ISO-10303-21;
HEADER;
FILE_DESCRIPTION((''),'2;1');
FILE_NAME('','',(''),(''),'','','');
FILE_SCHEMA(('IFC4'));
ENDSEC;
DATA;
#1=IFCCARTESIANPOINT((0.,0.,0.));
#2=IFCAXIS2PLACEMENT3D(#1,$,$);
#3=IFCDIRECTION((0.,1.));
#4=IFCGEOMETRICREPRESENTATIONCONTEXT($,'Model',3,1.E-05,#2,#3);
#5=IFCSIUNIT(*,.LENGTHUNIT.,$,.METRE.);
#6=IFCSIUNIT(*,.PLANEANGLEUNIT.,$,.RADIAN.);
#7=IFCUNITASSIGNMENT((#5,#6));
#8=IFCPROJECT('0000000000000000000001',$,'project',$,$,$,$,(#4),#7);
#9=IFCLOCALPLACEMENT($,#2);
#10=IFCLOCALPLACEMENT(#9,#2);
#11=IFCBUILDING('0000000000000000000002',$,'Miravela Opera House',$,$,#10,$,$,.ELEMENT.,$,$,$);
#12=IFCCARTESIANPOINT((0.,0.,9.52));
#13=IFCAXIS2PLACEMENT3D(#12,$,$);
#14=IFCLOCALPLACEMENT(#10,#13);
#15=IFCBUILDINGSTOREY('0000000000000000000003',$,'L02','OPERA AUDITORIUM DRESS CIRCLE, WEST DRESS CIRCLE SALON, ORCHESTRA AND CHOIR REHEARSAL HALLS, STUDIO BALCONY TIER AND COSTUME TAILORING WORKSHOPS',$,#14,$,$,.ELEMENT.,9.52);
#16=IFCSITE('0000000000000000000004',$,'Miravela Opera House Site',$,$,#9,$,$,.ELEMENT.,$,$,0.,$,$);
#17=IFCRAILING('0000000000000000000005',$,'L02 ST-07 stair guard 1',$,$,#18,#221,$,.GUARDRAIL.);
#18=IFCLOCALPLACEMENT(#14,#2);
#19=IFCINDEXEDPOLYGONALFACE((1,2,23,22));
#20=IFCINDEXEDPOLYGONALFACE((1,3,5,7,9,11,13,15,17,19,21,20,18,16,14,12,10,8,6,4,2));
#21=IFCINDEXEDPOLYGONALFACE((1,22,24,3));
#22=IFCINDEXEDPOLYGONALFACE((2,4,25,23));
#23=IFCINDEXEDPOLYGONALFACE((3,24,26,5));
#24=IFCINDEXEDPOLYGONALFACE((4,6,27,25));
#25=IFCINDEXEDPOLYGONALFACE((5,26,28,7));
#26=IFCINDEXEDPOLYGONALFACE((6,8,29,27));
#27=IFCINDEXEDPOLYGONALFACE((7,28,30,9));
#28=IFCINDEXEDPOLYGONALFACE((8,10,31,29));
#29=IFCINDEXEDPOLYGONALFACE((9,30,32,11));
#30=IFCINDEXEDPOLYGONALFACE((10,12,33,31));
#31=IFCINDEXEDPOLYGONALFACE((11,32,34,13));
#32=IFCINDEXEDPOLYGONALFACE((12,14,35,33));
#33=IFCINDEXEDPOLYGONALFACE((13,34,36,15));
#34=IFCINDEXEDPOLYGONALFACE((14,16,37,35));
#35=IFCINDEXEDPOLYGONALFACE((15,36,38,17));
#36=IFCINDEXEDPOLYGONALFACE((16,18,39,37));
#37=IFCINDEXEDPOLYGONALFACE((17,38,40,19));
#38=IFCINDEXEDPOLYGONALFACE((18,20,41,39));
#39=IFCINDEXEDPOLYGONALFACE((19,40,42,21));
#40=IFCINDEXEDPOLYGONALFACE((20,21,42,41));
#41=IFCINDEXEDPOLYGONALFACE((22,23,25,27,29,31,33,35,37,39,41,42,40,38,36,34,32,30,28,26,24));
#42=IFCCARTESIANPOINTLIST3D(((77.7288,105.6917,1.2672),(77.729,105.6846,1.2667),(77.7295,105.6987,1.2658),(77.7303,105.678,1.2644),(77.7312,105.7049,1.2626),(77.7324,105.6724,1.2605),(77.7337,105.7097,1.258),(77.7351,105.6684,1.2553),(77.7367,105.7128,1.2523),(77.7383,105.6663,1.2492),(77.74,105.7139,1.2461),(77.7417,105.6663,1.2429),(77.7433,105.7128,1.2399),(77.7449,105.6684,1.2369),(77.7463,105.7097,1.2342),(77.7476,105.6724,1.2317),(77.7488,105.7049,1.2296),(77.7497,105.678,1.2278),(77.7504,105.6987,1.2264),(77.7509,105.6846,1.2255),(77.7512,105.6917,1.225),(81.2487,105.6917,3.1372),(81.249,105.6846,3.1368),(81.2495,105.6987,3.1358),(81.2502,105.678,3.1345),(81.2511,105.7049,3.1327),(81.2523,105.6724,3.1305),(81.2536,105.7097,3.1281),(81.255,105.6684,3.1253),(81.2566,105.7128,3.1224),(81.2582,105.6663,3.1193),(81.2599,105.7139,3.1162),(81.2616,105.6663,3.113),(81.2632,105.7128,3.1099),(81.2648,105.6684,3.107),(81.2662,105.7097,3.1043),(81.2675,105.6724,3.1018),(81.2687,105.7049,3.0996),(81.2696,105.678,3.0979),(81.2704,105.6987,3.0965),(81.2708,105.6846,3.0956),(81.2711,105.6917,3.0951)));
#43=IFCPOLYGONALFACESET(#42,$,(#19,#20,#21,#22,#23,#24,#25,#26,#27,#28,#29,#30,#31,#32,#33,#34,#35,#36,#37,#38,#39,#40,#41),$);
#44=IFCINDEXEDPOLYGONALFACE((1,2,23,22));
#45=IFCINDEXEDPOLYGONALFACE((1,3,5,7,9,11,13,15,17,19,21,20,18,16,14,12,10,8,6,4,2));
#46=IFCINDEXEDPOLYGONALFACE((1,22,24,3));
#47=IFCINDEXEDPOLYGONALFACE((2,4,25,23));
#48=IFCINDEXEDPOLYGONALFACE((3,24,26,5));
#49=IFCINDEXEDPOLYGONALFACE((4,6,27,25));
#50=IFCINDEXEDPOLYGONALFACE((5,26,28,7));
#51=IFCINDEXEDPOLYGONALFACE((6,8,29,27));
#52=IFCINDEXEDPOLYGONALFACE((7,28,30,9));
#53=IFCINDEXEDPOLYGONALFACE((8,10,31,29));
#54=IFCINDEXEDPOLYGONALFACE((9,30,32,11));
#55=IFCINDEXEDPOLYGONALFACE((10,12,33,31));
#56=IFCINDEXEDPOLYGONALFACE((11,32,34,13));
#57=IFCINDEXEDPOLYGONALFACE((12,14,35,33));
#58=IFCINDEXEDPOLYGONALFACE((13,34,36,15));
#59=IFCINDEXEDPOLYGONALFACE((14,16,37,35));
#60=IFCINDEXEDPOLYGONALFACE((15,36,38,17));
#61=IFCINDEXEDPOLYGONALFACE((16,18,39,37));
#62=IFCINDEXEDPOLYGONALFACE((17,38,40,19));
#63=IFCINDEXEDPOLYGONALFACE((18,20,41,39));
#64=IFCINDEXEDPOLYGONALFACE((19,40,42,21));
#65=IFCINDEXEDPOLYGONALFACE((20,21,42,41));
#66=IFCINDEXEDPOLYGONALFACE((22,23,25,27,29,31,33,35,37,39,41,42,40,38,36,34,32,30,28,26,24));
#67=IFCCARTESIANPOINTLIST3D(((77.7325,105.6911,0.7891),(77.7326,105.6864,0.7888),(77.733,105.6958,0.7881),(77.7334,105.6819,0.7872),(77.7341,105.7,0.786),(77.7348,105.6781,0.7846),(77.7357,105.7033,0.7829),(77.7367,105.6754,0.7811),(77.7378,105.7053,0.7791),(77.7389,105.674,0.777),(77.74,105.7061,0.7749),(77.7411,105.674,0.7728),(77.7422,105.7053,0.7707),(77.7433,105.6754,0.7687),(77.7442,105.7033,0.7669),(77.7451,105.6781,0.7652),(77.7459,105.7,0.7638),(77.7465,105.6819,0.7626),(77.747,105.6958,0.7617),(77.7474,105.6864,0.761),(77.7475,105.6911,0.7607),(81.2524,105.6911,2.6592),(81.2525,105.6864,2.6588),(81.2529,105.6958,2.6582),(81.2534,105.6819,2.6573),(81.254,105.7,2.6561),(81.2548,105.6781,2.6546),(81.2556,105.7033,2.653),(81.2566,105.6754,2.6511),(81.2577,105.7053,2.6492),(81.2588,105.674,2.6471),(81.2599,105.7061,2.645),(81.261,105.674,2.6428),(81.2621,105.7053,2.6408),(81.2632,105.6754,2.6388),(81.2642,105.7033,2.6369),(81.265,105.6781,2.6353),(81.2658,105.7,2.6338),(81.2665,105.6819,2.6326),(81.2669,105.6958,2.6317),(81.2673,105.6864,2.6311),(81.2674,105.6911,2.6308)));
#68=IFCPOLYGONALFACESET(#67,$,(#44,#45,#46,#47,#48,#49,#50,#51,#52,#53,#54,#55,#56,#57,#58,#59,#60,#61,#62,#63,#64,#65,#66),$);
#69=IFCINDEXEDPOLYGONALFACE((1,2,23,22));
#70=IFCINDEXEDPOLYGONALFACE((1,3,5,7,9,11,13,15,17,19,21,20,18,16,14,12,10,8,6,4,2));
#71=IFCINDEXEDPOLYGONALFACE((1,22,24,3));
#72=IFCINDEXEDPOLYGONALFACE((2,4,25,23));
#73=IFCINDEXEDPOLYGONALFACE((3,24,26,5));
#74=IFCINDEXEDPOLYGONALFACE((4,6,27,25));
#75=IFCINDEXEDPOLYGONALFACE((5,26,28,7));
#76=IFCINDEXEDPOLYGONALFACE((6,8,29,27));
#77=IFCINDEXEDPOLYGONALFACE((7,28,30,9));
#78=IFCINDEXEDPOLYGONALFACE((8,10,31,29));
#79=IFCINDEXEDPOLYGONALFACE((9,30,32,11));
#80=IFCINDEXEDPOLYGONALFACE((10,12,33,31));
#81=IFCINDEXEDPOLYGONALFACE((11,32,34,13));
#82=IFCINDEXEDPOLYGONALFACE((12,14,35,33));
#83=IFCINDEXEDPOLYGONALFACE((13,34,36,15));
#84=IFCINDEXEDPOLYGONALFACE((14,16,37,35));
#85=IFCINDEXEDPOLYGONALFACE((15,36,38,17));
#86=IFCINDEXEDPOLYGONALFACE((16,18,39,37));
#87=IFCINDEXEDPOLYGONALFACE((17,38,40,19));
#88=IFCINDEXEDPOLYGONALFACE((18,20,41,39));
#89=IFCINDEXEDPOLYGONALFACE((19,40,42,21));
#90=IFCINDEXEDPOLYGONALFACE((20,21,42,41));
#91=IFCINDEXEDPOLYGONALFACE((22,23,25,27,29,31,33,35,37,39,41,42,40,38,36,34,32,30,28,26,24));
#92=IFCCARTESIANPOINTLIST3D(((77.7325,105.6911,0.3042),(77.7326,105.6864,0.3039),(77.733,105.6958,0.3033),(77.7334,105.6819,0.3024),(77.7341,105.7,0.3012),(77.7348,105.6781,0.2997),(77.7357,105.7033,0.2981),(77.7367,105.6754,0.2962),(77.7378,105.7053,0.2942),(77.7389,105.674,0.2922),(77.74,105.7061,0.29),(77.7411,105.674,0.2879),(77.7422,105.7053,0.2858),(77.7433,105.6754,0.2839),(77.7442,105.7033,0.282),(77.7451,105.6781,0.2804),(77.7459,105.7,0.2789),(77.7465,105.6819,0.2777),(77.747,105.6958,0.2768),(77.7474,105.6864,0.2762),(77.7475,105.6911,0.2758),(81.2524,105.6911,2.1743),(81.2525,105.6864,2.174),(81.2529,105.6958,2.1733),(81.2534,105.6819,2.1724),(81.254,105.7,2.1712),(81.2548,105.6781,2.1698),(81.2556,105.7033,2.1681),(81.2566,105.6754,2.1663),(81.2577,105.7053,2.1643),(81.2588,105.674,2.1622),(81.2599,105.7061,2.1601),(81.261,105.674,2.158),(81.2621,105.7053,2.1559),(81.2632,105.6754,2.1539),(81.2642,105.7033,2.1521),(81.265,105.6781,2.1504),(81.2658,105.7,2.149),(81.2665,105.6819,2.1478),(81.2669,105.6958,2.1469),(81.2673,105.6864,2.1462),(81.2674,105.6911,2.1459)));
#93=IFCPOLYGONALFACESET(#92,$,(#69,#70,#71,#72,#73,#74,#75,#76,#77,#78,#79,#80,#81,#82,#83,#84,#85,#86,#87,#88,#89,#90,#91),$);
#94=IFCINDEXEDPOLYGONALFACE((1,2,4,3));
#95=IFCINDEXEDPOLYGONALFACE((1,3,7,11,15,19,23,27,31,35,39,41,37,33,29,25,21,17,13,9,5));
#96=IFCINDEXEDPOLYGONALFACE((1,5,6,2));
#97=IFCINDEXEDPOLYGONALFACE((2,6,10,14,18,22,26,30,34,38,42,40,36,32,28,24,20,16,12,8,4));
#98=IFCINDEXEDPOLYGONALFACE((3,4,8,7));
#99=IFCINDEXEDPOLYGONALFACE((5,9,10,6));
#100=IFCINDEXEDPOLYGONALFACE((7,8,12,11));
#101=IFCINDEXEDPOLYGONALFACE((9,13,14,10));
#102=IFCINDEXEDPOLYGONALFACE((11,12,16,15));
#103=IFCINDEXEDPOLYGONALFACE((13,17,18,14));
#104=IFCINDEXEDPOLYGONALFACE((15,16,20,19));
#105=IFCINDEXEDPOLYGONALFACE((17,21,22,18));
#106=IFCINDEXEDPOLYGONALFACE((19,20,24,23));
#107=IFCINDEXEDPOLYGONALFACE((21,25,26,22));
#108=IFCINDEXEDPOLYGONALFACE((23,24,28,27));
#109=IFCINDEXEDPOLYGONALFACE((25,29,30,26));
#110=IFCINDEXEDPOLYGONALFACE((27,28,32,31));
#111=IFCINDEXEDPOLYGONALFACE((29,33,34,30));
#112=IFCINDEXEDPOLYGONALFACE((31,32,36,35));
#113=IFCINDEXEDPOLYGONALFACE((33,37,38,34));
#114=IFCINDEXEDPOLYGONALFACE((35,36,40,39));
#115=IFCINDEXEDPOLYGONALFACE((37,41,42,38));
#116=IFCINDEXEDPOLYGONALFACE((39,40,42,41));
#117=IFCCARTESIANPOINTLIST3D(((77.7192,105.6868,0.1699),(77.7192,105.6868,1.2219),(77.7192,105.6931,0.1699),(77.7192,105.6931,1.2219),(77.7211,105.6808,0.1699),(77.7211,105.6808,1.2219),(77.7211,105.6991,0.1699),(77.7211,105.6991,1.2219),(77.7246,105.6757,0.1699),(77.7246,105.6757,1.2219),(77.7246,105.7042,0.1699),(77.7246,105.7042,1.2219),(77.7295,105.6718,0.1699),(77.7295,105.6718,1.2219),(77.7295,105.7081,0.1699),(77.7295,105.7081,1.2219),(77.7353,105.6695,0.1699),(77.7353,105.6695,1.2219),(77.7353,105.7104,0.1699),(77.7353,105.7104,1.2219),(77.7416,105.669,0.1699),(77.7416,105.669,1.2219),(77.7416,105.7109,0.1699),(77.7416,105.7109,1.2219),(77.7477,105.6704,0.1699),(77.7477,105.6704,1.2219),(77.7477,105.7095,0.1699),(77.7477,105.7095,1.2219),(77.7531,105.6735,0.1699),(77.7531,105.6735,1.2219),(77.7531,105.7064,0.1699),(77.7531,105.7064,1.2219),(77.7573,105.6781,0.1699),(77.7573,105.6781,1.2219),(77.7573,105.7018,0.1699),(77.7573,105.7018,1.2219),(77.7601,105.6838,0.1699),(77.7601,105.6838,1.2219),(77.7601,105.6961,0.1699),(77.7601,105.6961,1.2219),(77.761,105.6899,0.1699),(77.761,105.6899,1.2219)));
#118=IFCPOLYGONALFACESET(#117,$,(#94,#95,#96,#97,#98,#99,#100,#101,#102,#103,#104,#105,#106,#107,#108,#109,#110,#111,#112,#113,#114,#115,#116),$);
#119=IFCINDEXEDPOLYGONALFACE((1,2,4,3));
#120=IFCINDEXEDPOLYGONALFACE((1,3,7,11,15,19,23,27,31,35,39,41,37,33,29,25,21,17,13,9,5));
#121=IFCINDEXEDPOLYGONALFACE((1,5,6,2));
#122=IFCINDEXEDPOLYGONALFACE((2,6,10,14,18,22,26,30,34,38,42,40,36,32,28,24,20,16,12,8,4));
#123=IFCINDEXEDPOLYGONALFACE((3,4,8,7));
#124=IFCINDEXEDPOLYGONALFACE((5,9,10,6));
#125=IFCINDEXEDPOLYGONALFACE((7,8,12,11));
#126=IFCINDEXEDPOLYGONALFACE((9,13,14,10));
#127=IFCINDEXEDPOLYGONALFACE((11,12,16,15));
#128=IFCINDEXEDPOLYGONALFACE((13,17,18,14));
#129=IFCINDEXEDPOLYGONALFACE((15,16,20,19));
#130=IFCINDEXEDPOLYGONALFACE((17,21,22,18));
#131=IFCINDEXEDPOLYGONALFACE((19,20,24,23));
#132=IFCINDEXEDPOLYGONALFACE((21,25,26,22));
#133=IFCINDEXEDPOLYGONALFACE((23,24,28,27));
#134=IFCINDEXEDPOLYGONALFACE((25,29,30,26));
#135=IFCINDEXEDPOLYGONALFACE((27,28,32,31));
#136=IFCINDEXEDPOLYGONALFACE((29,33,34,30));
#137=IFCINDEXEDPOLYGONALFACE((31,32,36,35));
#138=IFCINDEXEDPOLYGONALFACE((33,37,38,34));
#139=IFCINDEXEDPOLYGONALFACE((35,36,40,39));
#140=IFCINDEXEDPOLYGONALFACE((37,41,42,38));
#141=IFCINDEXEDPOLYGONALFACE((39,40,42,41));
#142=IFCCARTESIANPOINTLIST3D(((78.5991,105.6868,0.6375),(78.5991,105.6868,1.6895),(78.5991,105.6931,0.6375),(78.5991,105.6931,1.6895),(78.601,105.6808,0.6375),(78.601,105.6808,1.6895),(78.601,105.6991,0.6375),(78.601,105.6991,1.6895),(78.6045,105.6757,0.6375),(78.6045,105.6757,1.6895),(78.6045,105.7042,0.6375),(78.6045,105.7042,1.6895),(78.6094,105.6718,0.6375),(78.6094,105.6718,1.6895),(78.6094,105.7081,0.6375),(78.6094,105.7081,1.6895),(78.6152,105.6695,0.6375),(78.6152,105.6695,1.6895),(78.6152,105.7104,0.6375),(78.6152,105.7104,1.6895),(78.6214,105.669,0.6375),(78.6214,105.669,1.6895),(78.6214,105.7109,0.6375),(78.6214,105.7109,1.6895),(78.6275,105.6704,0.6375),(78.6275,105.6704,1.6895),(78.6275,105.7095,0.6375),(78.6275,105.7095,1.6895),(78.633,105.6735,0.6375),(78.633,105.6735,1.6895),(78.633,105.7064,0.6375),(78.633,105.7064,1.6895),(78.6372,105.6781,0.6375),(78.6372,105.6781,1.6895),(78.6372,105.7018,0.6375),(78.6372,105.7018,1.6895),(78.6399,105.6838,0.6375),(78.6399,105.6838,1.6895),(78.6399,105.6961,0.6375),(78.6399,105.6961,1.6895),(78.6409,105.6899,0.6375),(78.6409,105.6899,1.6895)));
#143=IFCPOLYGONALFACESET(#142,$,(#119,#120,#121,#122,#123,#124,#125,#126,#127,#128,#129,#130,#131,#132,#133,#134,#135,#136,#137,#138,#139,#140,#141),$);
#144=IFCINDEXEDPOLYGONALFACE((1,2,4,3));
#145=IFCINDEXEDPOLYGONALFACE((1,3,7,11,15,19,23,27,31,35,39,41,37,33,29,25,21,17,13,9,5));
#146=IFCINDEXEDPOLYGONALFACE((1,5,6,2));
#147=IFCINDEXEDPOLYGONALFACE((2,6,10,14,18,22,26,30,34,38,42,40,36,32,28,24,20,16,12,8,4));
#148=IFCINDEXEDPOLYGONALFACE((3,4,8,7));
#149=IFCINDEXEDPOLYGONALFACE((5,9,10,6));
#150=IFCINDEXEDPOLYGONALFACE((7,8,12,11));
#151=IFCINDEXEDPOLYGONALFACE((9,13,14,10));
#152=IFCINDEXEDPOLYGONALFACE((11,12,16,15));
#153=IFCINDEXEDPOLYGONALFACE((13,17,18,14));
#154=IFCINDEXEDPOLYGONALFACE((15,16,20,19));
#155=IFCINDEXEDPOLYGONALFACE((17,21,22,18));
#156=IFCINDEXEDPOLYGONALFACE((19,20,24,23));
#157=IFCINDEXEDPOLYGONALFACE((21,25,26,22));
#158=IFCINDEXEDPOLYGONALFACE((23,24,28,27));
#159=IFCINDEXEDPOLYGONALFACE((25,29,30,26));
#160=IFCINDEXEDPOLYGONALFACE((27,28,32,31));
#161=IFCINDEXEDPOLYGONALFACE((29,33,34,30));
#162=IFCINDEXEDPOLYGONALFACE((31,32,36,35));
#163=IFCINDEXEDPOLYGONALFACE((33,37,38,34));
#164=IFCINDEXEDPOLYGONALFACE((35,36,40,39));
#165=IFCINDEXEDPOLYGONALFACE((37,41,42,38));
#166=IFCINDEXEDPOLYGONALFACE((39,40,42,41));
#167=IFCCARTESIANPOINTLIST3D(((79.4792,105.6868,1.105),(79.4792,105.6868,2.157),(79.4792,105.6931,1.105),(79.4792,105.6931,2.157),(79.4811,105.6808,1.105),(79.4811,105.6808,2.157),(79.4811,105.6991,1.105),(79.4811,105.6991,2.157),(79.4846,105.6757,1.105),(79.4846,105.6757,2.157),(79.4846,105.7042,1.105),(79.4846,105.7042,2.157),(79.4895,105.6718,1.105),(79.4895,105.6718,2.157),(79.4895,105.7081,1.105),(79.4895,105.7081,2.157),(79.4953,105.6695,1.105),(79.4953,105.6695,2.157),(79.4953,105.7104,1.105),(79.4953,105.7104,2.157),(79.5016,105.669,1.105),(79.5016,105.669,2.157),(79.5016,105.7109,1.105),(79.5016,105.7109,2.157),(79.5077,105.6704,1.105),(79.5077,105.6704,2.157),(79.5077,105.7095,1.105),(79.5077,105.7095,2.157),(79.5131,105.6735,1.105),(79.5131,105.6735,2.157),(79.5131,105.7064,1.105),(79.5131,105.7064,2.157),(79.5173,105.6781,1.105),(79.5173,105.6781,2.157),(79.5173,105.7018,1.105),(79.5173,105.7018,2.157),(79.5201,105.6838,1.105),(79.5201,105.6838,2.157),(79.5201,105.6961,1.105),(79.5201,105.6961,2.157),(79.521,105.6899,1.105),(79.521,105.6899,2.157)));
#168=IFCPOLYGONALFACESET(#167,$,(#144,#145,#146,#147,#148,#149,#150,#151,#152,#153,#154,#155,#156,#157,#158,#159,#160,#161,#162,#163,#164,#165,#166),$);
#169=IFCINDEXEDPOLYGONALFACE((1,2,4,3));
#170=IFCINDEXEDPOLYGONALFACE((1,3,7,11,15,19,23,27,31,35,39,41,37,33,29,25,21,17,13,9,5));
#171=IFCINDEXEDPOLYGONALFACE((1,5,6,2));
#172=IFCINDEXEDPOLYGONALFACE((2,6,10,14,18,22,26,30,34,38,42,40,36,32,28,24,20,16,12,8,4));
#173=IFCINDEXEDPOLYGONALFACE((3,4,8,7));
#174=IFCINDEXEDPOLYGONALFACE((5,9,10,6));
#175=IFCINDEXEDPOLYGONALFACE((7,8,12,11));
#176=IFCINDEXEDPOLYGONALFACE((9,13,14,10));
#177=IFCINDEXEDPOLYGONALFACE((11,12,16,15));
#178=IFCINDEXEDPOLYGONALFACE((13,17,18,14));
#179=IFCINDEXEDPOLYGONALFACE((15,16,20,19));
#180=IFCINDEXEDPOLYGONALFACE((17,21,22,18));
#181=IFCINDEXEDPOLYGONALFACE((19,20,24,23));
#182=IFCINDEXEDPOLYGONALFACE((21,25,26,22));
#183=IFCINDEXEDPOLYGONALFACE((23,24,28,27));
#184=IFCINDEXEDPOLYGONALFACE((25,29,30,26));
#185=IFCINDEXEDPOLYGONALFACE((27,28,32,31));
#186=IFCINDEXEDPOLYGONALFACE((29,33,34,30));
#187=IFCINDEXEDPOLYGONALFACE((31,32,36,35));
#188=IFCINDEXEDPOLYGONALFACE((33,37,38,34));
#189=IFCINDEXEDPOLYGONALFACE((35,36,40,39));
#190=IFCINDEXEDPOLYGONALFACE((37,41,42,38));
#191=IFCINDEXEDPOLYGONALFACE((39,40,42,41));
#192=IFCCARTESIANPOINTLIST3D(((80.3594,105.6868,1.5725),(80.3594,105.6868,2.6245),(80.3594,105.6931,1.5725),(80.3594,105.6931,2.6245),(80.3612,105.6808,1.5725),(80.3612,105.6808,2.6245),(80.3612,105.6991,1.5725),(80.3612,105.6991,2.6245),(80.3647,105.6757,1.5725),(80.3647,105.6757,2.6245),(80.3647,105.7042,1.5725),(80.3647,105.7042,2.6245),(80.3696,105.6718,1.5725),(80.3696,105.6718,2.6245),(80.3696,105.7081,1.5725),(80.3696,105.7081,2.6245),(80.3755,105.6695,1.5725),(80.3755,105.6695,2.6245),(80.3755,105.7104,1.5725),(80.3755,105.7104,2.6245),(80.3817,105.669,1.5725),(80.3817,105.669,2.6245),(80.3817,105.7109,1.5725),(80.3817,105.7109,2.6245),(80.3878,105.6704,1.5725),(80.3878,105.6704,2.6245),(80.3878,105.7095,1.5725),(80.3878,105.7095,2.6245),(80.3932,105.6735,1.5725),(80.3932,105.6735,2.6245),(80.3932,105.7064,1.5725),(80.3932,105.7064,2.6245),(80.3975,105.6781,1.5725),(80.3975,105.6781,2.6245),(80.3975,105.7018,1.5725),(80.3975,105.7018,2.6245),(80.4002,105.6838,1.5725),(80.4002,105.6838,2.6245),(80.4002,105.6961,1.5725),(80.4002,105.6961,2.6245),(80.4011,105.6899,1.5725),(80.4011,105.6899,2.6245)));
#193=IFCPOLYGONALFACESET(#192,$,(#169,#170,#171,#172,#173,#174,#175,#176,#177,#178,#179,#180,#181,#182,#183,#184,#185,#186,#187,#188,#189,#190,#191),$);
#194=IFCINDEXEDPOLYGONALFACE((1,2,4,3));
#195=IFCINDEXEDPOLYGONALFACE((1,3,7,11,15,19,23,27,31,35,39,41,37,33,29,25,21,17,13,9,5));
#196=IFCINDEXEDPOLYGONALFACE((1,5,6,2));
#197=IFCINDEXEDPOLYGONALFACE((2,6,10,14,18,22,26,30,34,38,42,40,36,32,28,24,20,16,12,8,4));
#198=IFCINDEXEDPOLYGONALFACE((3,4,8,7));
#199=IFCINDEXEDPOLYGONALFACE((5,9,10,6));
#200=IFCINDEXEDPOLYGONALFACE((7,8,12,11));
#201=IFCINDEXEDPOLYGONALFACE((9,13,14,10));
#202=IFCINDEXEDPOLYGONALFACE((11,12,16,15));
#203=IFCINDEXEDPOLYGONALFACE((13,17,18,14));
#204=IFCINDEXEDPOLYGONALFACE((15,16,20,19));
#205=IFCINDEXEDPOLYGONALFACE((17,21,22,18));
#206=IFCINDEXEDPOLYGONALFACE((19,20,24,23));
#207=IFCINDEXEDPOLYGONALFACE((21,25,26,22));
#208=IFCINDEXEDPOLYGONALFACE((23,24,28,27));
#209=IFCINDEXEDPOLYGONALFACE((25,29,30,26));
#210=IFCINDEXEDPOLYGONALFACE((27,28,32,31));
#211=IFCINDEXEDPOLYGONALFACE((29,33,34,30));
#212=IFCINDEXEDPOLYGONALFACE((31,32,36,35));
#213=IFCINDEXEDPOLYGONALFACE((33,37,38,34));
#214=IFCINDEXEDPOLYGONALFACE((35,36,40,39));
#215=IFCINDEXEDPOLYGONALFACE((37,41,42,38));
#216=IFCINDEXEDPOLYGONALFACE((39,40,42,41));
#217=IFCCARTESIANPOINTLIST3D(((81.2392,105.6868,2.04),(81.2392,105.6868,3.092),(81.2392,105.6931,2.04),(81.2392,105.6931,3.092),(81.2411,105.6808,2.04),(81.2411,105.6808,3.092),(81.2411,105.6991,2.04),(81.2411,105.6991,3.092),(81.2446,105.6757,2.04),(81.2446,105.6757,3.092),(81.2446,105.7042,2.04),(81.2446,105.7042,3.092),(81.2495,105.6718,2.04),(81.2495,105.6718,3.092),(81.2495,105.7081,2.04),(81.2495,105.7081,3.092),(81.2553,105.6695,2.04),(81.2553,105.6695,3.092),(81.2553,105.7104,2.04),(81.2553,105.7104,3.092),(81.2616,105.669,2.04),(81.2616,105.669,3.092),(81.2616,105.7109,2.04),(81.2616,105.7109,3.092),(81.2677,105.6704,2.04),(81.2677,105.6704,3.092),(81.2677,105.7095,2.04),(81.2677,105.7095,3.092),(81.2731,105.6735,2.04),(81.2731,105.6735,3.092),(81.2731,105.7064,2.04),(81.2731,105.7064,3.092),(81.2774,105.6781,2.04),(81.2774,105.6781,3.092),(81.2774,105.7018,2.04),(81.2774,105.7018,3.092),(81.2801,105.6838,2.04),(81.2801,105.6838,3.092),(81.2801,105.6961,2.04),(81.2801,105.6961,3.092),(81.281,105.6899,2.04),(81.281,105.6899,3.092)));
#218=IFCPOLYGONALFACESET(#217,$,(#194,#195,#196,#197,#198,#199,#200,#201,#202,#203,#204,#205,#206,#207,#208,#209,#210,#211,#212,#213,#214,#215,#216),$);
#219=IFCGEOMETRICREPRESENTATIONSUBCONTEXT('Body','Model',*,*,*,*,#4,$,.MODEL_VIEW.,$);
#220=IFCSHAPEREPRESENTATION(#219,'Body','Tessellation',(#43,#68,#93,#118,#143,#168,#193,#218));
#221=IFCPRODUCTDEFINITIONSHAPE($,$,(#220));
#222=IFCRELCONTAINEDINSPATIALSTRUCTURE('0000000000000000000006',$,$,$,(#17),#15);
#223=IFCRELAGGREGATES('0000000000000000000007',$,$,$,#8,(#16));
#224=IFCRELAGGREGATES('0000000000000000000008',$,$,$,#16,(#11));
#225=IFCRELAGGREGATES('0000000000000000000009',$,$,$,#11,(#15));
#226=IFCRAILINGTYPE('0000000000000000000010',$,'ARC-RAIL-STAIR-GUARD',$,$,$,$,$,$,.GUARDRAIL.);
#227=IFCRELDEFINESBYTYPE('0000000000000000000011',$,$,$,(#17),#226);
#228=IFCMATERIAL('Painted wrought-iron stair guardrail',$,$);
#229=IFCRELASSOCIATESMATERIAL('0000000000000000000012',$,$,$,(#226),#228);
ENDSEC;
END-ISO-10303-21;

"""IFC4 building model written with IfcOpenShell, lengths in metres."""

from ifc_helpers import new_model, si_unit, direction, frame, origin, origin_2d, place, context, subcontext, project, spatial, circle, extrude, material, type_object, element, save


model = new_model("IFC4")

# Units and contexts
model_context = context("Model", 3, precision=1e-05, world=origin(), true_north=direction((0.0, 1.0)))
body_context = subcontext(model_context, "Body", "Model", "MODEL_VIEW")
ifc_project = project(units=[si_unit("LENGTHUNIT", "METRE"), si_unit("PLANEANGLEUNIT", "RADIAN")], contexts=[model_context])

# Site, building, storey
site_placement = place(None, origin())
site = spatial("IfcSite", under=ifc_project, at=site_placement, Name="Miravela Opera House Site", CompositionType="ELEMENT", RefElevation=0.0)
building_placement = place(site_placement, origin())
building = spatial("IfcBuilding", under=site, at=building_placement, Name="Miravela Opera House", CompositionType="ELEMENT")
storey_placement = place(building_placement, frame((0.0, 0.0, 9.52)))
storey = spatial("IfcBuildingStorey", under=building, at=storey_placement, Name="L02", Description="OPERA AUDITORIUM DRESS CIRCLE, WEST DRESS CIRCLE SALON, ORCHESTRA AND CHOIR REHEARSAL HALLS, STUDIO BALCONY TIER AND COSTUME TAILORING WORKSHOPS", CompositionType="ELEMENT", Elevation=9.52)

# Railing
ifc_material_1 = material(Name="Painted wrought-iron stair guardrail")
railing_type_1 = type_object("IfcRailingType", Name="ARC-RAIL-STAIR-GUARD", PredefinedType="GUARDRAIL", material=ifc_material_1)
railing_1_placement = place(storey_placement, frame((77.74, 105.6899, 0.1699)))
element("IfcRailing", 1, at=railing_1_placement, inside=storey, type_object=railing_type_1, Name="L02 ST-07 stair guard 1", PredefinedType="GUARDRAIL", context=body_context, shape_type="SweptSolid", body=[
    extrude(circle(Radius=0.0239, at=origin_2d()), frame((0.0, 0.0, 1.0762), z_axis=(0.883105, 0.0, 0.469176), x_axis=(0.0, 1.0, 0.0)), (0.0, 0.0, 1.0), 3.9858),
    extrude(circle(Radius=0.0161, at=origin_2d()), frame((0.0, 0.0, 0.605), z_axis=(0.883105, 0.0, 0.469176), x_axis=(0.0, 1.0, 0.0)), (0.0, 0.0, 1.0), 3.9858),
    extrude(circle(Radius=0.0161, at=origin_2d()), frame((0.0, 0.0, 0.1201), z_axis=(0.883105, 0.0, 0.469176), x_axis=(0.0, 1.0, 0.0)), (0.0, 0.0, 1.0), 3.9858),
    extrude(circle(Radius=0.021, at=origin_2d()), origin(), (0.0, 0.0, 1.0), 1.052),
    extrude(circle(Radius=0.021, at=origin_2d()), frame((0.8799, 0.0, 0.4675)), (0.0, 0.0, 1.0), 1.052),
    extrude(circle(Radius=0.021, at=origin_2d()), frame((1.76, 0.0, 0.9351)), (0.0, 0.0, 1.0), 1.052),
    extrude(circle(Radius=0.021, at=origin_2d()), frame((2.6401, 0.0, 1.4026)), (0.0, 0.0, 1.0), 1.052),
    extrude(circle(Radius=0.021, at=origin_2d()), frame((3.52, 0.0, 1.8701)), (0.0, 0.0, 1.0), 1.052),
])

save(model, "model.ifc")
